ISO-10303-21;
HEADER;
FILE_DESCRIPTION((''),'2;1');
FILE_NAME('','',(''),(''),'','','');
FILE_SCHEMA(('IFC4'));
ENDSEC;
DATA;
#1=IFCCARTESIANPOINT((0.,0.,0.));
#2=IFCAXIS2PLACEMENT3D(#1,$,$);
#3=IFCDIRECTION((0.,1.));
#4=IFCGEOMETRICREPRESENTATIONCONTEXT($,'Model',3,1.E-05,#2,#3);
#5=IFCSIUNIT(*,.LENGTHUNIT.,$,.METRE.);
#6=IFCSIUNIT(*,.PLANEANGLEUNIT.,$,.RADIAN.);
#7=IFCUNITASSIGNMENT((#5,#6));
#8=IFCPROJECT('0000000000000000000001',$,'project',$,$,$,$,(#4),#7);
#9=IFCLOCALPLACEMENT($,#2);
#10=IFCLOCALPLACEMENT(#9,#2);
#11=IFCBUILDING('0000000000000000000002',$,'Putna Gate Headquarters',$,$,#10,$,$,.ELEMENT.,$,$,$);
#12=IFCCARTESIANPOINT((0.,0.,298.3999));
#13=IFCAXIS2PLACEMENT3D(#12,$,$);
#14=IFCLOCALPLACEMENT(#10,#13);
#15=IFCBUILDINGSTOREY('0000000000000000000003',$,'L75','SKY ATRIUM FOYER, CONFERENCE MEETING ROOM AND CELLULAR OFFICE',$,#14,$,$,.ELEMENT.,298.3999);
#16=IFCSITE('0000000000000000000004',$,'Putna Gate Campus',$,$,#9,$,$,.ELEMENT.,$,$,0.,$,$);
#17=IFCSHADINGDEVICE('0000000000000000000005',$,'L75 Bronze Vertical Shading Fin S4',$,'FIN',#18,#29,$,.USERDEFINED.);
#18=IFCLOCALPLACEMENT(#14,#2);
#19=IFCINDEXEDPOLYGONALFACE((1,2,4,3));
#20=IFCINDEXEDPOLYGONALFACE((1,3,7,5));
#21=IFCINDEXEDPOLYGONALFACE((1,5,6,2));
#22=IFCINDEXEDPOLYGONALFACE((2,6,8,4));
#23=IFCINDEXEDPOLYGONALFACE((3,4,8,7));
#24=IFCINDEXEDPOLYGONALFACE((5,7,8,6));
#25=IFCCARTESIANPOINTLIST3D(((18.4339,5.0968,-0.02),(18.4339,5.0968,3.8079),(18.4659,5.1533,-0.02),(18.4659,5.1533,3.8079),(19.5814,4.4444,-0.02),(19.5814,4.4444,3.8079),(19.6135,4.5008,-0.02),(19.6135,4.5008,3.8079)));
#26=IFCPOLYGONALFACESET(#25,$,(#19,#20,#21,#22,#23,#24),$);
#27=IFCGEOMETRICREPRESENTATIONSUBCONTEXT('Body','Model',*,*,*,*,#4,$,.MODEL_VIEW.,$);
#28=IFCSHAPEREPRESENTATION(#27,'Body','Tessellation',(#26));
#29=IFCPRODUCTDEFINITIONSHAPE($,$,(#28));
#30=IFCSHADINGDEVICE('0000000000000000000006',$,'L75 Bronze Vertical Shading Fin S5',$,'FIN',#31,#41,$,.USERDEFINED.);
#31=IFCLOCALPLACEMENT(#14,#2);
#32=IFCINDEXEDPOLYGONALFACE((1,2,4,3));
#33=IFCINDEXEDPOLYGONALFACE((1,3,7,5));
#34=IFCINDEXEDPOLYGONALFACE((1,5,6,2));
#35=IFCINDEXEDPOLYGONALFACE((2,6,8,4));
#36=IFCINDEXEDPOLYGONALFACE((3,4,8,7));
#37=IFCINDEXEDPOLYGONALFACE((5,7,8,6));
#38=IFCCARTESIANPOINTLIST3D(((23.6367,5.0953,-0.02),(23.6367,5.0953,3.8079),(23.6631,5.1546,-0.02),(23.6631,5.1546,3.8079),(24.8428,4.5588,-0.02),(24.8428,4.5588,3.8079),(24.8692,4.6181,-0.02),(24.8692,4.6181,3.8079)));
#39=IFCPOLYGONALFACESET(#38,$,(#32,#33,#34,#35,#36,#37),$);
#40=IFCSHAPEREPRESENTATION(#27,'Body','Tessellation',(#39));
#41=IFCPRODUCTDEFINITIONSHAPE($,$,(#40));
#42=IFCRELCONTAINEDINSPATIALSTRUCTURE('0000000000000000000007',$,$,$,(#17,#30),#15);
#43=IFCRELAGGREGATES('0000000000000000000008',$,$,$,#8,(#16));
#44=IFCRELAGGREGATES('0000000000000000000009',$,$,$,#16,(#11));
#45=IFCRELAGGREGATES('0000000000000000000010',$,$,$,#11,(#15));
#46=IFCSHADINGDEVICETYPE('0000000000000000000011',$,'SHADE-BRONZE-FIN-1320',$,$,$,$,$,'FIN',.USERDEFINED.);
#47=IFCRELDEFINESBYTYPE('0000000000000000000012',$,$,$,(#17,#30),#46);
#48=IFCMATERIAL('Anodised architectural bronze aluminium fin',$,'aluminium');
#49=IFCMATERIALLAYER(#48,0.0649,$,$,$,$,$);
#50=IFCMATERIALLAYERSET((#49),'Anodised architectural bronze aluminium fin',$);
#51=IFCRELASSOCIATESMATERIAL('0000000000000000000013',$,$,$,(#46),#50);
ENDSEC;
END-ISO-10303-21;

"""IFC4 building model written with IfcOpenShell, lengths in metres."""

from ifc_helpers import new_model, si_unit, direction, frame, origin, origin_2d, place, context, subcontext, project, spatial, rectangle, extrude, material, layer, layer_set, type_object, element, save


model = new_model("IFC4")

# Units and contexts
model_context = context("Model", 3, precision=1e-05, world=origin(), true_north=direction((0.0, 1.0)))
body_context = subcontext(model_context, "Body", "Model", "MODEL_VIEW")
ifc_project = project(units=[si_unit("LENGTHUNIT", "METRE"), si_unit("PLANEANGLEUNIT", "RADIAN")], contexts=[model_context])

# Site, building, storey
site_placement = place(None, origin())
site = spatial("IfcSite", under=ifc_project, at=site_placement, Name="Putna Gate Campus", CompositionType="ELEMENT", RefElevation=0.0)
building_placement = place(site_placement, origin())
building = spatial("IfcBuilding", under=site, at=building_placement, Name="Putna Gate Headquarters", CompositionType="ELEMENT")
storey_placement = place(building_placement, frame((0.0, 0.0, 298.3999)))
storey = spatial("IfcBuildingStorey", under=building, at=storey_placement, Name="L75", Description="SKY ATRIUM FOYER, CONFERENCE MEETING ROOM AND CELLULAR OFFICE", CompositionType="ELEMENT", Elevation=298.3999)

# Shading devices
ifc_material_1 = material(Name="Anodised architectural bronze aluminium fin", Category="aluminium")
ifc_layer_1 = layer(ifc_material_1, 0.0649)
ifc_layer_set_1 = layer_set([ifc_layer_1], Name="Anodised architectural bronze aluminium fin")
shading_device_type = type_object("IfcShadingDeviceType", Name="SHADE-BRONZE-FIN-1320", ElementType="FIN", PredefinedType="USERDEFINED", material=ifc_layer_set_1)
for number, where, z_axis, x_axis, name in (
    (1, (19.0237, 4.7988, -0.02), (0.0, 0.0, 1.0), (0.869322, -0.494245, 0.0), "L75 Bronze Vertical Shading Fin S4"),
    (2, (24.2529, 4.8567, -0.02), (0.0, 0.0, 1.0), (0.913687, -0.406418, 0.0), "L75 Bronze Vertical Shading Fin S5"),
):
    element("IfcShadingDevice", number, at=place(storey_placement, frame(where, z_axis=z_axis, x_axis=x_axis)), inside=storey, type_object=shading_device_type, Name=name, ObjectType="FIN", PredefinedType="USERDEFINED", context=body_context, shape_type="SweptSolid", body=[
        extrude(rectangle(XDim=1.3201, YDim=0.0649, at=origin_2d()), origin(), (0.0, 0.0, 1.0), 3.8279),
    ])

save(model, "model.ifc")
